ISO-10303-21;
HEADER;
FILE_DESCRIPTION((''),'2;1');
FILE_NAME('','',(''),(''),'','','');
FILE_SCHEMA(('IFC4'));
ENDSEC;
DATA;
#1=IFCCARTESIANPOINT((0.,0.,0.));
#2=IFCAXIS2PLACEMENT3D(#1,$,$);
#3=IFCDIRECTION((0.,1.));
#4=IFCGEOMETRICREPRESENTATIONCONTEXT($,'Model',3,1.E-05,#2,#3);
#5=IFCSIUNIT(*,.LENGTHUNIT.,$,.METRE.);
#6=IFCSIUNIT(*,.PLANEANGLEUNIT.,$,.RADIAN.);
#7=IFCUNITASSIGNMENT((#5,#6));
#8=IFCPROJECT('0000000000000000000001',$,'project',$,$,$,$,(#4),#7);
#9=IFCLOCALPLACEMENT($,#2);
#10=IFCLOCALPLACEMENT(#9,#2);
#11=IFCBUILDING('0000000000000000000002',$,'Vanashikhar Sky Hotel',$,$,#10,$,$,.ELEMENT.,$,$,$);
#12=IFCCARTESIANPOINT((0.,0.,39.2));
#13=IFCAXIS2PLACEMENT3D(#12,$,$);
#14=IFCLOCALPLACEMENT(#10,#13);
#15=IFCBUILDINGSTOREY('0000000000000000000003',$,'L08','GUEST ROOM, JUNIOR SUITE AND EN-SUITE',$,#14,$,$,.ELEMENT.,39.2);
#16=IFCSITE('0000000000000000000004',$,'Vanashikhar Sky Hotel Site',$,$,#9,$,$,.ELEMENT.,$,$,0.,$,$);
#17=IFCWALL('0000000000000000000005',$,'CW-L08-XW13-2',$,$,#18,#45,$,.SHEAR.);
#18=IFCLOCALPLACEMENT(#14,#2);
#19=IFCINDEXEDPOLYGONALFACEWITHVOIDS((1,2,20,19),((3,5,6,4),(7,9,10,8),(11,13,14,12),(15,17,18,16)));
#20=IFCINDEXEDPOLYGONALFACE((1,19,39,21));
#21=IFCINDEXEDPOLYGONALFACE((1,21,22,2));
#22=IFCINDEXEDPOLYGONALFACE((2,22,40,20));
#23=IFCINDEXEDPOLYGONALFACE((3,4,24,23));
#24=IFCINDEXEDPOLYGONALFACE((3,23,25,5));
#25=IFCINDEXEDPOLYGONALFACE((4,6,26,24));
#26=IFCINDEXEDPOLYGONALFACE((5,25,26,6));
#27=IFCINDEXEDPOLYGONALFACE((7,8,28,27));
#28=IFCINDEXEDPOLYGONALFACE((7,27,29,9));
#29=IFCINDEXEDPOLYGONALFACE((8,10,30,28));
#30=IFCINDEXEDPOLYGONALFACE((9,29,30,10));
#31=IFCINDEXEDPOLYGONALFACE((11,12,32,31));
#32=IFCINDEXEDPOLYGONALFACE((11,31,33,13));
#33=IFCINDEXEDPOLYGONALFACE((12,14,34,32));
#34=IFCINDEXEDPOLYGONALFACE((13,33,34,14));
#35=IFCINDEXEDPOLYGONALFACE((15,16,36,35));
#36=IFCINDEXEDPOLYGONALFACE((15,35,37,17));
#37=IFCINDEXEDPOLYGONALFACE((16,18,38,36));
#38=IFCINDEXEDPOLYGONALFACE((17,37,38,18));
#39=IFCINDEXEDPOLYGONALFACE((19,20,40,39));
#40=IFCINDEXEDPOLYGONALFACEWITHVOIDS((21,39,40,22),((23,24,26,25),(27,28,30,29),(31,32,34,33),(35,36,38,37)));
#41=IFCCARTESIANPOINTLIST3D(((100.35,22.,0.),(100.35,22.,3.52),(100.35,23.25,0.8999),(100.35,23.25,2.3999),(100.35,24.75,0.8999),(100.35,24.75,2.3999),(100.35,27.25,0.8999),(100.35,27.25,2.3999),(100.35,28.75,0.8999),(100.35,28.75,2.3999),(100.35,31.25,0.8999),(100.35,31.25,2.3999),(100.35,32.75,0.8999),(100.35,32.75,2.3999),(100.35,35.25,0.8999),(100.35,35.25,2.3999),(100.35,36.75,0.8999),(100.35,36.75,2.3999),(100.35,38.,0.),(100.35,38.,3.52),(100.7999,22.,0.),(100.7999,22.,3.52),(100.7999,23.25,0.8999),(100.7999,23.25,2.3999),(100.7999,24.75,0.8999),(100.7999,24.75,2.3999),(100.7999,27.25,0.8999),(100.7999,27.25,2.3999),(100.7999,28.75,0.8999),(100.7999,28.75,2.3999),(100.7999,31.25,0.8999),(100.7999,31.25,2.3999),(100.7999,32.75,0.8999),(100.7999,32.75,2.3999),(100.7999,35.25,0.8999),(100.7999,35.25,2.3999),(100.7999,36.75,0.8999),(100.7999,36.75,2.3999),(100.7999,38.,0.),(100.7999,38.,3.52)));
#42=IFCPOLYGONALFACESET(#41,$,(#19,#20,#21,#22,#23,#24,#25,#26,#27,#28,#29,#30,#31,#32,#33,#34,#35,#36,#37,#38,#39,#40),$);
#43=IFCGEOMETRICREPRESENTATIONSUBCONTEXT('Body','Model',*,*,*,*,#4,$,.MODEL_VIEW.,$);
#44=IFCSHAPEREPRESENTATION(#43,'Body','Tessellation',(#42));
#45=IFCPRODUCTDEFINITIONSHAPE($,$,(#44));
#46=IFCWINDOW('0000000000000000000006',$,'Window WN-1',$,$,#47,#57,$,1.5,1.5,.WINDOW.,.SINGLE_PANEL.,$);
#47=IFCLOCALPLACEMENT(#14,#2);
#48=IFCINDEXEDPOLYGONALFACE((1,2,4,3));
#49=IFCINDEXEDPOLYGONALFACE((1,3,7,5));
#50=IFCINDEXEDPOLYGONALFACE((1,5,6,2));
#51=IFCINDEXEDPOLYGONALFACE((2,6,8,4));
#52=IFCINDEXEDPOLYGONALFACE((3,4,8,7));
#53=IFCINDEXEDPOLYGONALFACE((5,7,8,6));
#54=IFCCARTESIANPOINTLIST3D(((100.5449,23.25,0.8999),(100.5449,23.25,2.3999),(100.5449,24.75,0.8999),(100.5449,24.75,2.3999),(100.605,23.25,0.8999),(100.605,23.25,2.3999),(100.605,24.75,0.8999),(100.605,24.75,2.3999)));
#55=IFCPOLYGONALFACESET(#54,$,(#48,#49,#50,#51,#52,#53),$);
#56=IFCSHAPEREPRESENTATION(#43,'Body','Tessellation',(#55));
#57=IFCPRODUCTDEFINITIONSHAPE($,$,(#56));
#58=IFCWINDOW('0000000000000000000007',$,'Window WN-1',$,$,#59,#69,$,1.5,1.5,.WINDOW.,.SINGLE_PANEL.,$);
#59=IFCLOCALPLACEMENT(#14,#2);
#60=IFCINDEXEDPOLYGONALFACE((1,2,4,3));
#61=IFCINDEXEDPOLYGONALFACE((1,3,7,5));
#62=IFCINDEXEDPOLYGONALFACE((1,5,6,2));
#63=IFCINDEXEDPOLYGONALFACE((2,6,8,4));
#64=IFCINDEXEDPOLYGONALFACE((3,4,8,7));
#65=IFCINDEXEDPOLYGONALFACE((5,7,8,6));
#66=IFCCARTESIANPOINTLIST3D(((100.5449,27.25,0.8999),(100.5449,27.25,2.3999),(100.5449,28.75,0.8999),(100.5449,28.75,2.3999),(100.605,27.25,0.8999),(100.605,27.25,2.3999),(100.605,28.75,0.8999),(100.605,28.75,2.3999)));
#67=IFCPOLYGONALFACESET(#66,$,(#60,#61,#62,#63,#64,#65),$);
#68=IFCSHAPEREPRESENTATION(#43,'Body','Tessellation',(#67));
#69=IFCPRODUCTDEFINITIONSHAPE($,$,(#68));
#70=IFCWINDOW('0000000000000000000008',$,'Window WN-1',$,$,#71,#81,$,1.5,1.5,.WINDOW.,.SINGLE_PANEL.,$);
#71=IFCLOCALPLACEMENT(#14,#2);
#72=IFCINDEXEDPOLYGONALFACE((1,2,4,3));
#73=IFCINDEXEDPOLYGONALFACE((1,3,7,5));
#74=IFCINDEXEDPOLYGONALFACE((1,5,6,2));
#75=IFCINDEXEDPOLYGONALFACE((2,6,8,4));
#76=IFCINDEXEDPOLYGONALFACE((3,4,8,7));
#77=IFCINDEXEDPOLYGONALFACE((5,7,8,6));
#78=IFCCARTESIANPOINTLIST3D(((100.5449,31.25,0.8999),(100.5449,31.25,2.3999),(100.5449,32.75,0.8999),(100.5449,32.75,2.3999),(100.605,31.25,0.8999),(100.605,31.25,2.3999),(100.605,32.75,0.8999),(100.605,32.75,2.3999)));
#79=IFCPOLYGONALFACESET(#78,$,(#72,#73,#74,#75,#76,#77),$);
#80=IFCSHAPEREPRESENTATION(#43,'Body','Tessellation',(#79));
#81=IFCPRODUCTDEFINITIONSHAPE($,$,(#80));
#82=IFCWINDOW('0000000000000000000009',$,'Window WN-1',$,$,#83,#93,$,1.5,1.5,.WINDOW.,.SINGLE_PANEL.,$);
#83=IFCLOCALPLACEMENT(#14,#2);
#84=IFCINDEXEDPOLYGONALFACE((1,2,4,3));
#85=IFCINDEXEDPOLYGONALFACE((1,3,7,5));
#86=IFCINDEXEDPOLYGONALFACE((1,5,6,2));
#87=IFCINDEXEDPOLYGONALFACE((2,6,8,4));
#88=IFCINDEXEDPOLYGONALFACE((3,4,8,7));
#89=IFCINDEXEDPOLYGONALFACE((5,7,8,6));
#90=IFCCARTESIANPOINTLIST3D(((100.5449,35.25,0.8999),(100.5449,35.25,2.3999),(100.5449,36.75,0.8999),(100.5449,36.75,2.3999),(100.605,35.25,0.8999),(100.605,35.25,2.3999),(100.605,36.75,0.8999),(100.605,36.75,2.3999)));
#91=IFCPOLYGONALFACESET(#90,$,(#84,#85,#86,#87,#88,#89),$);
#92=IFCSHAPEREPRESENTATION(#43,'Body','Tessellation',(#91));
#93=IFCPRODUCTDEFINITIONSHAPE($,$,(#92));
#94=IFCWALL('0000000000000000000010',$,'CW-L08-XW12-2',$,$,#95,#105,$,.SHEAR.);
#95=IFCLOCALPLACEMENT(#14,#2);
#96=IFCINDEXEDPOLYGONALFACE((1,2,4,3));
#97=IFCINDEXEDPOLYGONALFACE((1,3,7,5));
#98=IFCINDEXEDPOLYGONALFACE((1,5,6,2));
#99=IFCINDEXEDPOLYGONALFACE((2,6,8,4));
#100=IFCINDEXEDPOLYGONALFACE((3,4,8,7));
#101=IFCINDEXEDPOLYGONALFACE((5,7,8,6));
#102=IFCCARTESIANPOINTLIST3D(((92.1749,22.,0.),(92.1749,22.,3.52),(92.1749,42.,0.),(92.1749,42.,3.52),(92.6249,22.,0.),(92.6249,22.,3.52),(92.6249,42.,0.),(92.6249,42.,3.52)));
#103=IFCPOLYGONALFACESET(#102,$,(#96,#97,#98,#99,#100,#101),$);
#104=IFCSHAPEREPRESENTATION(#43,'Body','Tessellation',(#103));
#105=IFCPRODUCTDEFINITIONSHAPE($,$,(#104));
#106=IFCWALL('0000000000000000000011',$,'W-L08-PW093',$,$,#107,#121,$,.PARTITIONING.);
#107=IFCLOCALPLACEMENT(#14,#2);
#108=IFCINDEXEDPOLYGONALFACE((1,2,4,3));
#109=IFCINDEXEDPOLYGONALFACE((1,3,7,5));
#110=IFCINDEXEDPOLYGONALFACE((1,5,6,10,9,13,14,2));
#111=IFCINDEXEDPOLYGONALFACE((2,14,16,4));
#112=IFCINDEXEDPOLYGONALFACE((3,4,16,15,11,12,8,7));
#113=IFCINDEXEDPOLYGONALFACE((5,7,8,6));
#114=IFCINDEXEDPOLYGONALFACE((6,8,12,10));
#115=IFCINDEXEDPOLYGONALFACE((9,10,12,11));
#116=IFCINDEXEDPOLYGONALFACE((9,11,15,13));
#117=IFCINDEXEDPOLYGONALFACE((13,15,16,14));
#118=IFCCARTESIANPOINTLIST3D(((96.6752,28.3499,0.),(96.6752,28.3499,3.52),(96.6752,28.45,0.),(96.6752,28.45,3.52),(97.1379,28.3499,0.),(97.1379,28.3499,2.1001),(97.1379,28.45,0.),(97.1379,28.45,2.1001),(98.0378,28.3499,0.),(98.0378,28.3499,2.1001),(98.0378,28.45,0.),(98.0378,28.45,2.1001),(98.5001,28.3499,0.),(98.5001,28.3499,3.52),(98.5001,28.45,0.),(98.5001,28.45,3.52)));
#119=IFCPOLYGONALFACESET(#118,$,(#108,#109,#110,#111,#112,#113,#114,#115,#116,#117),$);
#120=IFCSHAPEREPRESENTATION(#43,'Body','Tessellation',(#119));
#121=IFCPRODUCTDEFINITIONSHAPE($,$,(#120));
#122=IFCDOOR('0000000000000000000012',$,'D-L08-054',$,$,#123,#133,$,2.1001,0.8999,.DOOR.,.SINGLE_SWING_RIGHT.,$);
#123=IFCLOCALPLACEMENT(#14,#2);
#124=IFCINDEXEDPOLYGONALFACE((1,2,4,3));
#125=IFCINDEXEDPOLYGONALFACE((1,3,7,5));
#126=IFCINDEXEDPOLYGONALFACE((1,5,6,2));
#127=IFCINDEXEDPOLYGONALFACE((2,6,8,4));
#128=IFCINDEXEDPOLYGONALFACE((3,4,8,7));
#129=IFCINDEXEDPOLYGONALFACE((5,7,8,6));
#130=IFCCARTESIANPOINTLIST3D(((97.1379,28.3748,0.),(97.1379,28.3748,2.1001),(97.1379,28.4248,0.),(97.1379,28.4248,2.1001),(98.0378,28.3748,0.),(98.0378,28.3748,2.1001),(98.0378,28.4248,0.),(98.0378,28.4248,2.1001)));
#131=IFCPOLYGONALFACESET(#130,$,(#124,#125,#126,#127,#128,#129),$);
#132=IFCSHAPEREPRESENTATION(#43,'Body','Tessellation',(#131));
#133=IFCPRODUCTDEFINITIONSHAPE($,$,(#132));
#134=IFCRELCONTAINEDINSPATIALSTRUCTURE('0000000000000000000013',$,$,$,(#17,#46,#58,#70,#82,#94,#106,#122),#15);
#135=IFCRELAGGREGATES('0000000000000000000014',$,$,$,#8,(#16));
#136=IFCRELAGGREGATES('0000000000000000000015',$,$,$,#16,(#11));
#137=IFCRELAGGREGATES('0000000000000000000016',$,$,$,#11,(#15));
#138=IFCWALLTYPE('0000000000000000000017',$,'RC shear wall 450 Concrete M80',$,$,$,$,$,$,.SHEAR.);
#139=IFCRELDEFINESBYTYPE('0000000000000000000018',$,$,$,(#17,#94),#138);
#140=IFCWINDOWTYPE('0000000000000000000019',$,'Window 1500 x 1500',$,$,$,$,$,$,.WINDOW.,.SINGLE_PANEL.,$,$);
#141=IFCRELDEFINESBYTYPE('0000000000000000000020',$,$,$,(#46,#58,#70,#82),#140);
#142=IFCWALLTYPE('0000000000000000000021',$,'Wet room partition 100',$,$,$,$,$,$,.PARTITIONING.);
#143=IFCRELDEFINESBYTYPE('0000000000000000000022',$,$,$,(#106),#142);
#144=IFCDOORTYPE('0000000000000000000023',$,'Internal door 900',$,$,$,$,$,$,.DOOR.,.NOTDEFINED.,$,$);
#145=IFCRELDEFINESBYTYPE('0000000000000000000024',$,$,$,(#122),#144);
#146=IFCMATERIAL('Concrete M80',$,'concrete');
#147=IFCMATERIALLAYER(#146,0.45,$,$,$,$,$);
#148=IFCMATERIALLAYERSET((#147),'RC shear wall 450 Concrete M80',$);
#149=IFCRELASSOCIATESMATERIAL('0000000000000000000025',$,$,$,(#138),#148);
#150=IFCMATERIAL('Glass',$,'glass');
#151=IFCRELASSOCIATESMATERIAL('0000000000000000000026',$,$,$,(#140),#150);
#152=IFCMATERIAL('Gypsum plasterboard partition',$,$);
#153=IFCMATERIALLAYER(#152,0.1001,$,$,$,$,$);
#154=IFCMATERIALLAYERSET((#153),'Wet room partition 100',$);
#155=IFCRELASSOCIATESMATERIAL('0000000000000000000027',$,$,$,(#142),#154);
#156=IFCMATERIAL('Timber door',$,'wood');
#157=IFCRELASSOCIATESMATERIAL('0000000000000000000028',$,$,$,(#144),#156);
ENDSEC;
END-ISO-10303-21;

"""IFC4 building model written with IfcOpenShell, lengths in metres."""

from ifc_helpers import new_model, si_unit, direction, frame, frame_2d, origin, place, context, subcontext, project, spatial, rectangle, extrude, source, transform, mapped, material, layer, layer_set, type_object, element, fill, save


model = new_model("IFC4")

# Units and contexts
model_context = context("Model", 3, precision=1e-05, world=origin(), true_north=direction((0.0, 1.0)))
body_context = subcontext(model_context, "Body", "Model", "MODEL_VIEW")
ifc_project = project(units=[si_unit("LENGTHUNIT", "METRE"), si_unit("PLANEANGLEUNIT", "RADIAN")], contexts=[model_context])

# Site, building, storey
site_placement = place(None, origin())
site = spatial("IfcSite", under=ifc_project, at=site_placement, Name="Vanashikhar Sky Hotel Site", CompositionType="ELEMENT", RefElevation=0.0)
building_placement = place(site_placement, origin())
building = spatial("IfcBuilding", under=site, at=building_placement, Name="Vanashikhar Sky Hotel", CompositionType="ELEMENT")
storey_placement = place(building_placement, frame((0.0, 0.0, 39.2)))
storey = spatial("IfcBuildingStorey", under=building, at=storey_placement, Name="L08", Description="GUEST ROOM, JUNIOR SUITE AND EN-SUITE", CompositionType="ELEMENT", Elevation=39.2)

# Wall, openings, windows
ifc_material_1 = material(Name="Concrete M80", Category="concrete")
ifc_layer_1 = layer(ifc_material_1, 0.45)
ifc_layer_set_1 = layer_set([ifc_layer_1], Name="RC shear wall 450 Concrete M80")
wall_type_1 = type_object("IfcWallType", Name="RC shear wall 450 Concrete M80", PredefinedType="SHEAR", material=ifc_layer_set_1)
shared_shape_1 = source(origin(), body_context, "Body", "SweptSolid", [
    extrude(rectangle(XDim=16.0, YDim=0.45, at=frame_2d((8.0, 0.0))), origin(), (0.0, 0.0, 1.0), 3.52),
])
wall_1_placement = place(storey_placement, frame((100.575, 22.0, 0.0), z_axis=(0.0, 0.0, 1.0), x_axis=(0.0, 1.0, 0.0)))
wall_1 = element("IfcWall", 1, at=wall_1_placement, inside=storey, type_object=wall_type_1, Name="CW-L08-XW13-2", PredefinedType="SHEAR", context=body_context, shape_type="MappedRepresentation", body=[
    mapped(shared_shape_1, transform((0.0, 0.0, 0.0), scale=1.0)),
])
shared_shape_2 = source(origin(), body_context, "Body", "SweptSolid", [
    extrude(rectangle(XDim=1.5, YDim=1.5, at=frame_2d((0.75, 0.75))), frame((0.0, 0.2349, 0.0), z_axis=(0.0, -1.0, 0.0), x_axis=(1.0, 0.0, 0.0)), (0.0, 0.0, 1.0), 0.47),
])
opening_1_placement = place(wall_1_placement, frame((1.25, 0.0, 0.8999)))
opening_1 = element("IfcOpeningElement", 2, at=opening_1_placement, cuts=wall_1, PredefinedType="OPENING", context=body_context, shape_type="MappedRepresentation", body=[
    mapped(shared_shape_2, transform((0.0, 0.0, 0.0), scale=1.0)),
])
opening_2_placement = place(wall_1_placement, frame((5.25, 0.0, 0.8999)))
opening_2 = element("IfcOpeningElement", 3, at=opening_2_placement, cuts=wall_1, PredefinedType="OPENING", context=body_context, shape_type="MappedRepresentation", body=[
    mapped(shared_shape_2, transform((0.0, 0.0, 0.0), scale=1.0)),
])
opening_3_placement = place(wall_1_placement, frame((9.25, 0.0, 0.8999)))
opening_3 = element("IfcOpeningElement", 4, at=opening_3_placement, cuts=wall_1, PredefinedType="OPENING", context=body_context, shape_type="MappedRepresentation", body=[
    mapped(shared_shape_2, transform((0.0, 0.0, 0.0), scale=1.0)),
])
opening_4_placement = place(wall_1_placement, frame((13.25, 0.0, 0.8999)))
opening_4 = element("IfcOpeningElement", 5, at=opening_4_placement, cuts=wall_1, PredefinedType="OPENING", context=body_context, shape_type="MappedRepresentation", body=[
    mapped(shared_shape_2, transform((0.0, 0.0, 0.0), scale=1.0)),
])
ifc_material_2 = material(Name="Glass", Category="glass")
window_type = type_object("IfcWindowType", Name="Window 1500 x 1500", PartitioningType="SINGLE_PANEL", PredefinedType="WINDOW", material=ifc_material_2)
shared_shape_3 = source(origin(), body_context, "Body", "SweptSolid", [
    extrude(rectangle(XDim=1.5, YDim=1.5, at=frame_2d((0.75, 0.75))), frame((0.0, 0.03, 0.0), z_axis=(0.0, -1.0, 0.0), x_axis=(1.0, 0.0, 0.0)), (0.0, 0.0, 1.0), 0.0601),
])
window_1_placement = place(opening_1_placement, origin())
window_1 = element("IfcWindow", 6, at=window_1_placement, inside=storey, type_object=window_type, Name="Window WN-1", OverallHeight=1.5, OverallWidth=1.5, PartitioningType="SINGLE_PANEL", PredefinedType="WINDOW", context=body_context, shape_type="MappedRepresentation", body=[
    mapped(shared_shape_3, transform((0.0, 0.0, 0.0), scale=1.0)),
])
fill(opening_1, window_1)
window_2_placement = place(opening_2_placement, origin())
window_2 = element("IfcWindow", 7, at=window_2_placement, inside=storey, type_object=window_type, Name="Window WN-1", OverallHeight=1.5, OverallWidth=1.5, PartitioningType="SINGLE_PANEL", PredefinedType="WINDOW", context=body_context, shape_type="MappedRepresentation", body=[
    mapped(shared_shape_3, transform((0.0, 0.0, 0.0), scale=1.0)),
])
fill(opening_2, window_2)
window_3_placement = place(opening_3_placement, origin())
window_3 = element("IfcWindow", 8, at=window_3_placement, inside=storey, type_object=window_type, Name="Window WN-1", OverallHeight=1.5, OverallWidth=1.5, PartitioningType="SINGLE_PANEL", PredefinedType="WINDOW", context=body_context, shape_type="MappedRepresentation", body=[
    mapped(shared_shape_3, transform((0.0, 0.0, 0.0), scale=1.0)),
])
fill(opening_3, window_3)
window_4_placement = place(opening_4_placement, origin())
window_4 = element("IfcWindow", 9, at=window_4_placement, inside=storey, type_object=window_type, Name="Window WN-1", OverallHeight=1.5, OverallWidth=1.5, PartitioningType="SINGLE_PANEL", PredefinedType="WINDOW", context=body_context, shape_type="MappedRepresentation", body=[
    mapped(shared_shape_3, transform((0.0, 0.0, 0.0), scale=1.0)),
])
fill(opening_4, window_4)

# Wall
shared_shape_4 = source(origin(), body_context, "Body", "SweptSolid", [
    extrude(rectangle(XDim=20.0, YDim=0.45, at=frame_2d((10.0, 0.0))), origin(), (0.0, 0.0, 1.0), 3.52),
])
wall_2_placement = place(storey_placement, frame((92.3999, 22.0, 0.0), z_axis=(0.0, 0.0, 1.0), x_axis=(0.0, 1.0, 0.0)))
element("IfcWall", 10, at=wall_2_placement, inside=storey, type_object=wall_type_1, Name="CW-L08-XW12-2", PredefinedType="SHEAR", context=body_context, shape_type="MappedRepresentation", body=[
    mapped(shared_shape_4, transform((0.0, 0.0, 0.0), scale=1.0)),
])

# Wall, opening, door
ifc_material_3 = material(Name="Gypsum plasterboard partition")
ifc_layer_2 = layer(ifc_material_3, 0.1001)
ifc_layer_set_2 = layer_set([ifc_layer_2], Name="Wet room partition 100")
wall_type_2 = type_object("IfcWallType", Name="Wet room partition 100", PredefinedType="PARTITIONING", material=ifc_layer_set_2)
shared_shape_5 = source(origin(), body_context, "Body", "SweptSolid", [
    extrude(rectangle(XDim=1.825, YDim=0.1001, at=frame_2d((0.9126, 0.0))), origin(), (0.0, 0.0, 1.0), 3.52),
])
wall_3_placement = place(storey_placement, frame((96.675, 28.3999, 0.0), z_axis=(0.0, 0.0, 1.0), x_axis=(1.0, 0.0, 0.0)))
wall_3 = element("IfcWall", 11, at=wall_3_placement, inside=storey, type_object=wall_type_2, Name="W-L08-PW093", PredefinedType="PARTITIONING", context=body_context, shape_type="MappedRepresentation", body=[
    mapped(shared_shape_5, transform((0.0, 0.0, 0.0), scale=1.0)),
])
shared_shape_6 = source(origin(), body_context, "Body", "SweptSolid", [
    extrude(rectangle(XDim=0.8999, YDim=2.1001, at=frame_2d((0.45, 1.05))), frame((0.0, 0.0601, 0.0), z_axis=(0.0, -1.0, 0.0), x_axis=(1.0, 0.0, 0.0)), (0.0, 0.0, 1.0), 0.1201),
])
opening_5_placement = place(wall_3_placement, frame((0.4629, 0.0, 0.0)))
opening_5 = element("IfcOpeningElement", 12, at=opening_5_placement, cuts=wall_3, PredefinedType="OPENING", context=body_context, shape_type="MappedRepresentation", body=[
    mapped(shared_shape_6, transform((0.0, 0.0, 0.0), scale=1.0)),
])
ifc_material_4 = material(Name="Timber door", Category="wood")
door_type_1 = type_object("IfcDoorType", Name="Internal door 900", OperationType="NOTDEFINED", PredefinedType="DOOR", material=ifc_material_4)
shared_shape_7 = source(origin(), body_context, "Body", "SweptSolid", [
    extrude(rectangle(XDim=0.8999, YDim=2.1001, at=frame_2d((0.45, 1.05))), frame((0.0, 0.0249, 0.0), z_axis=(0.0, -1.0, 0.0), x_axis=(1.0, 0.0, 0.0)), (0.0, 0.0, 1.0), 0.05),
])
door_1_placement = place(opening_5_placement, origin())
door_1 = element("IfcDoor", 13, at=door_1_placement, inside=storey, type_object=door_type_1, Name="D-L08-054", OperationType="SINGLE_SWING_RIGHT", OverallHeight=2.1001, OverallWidth=0.8999, PredefinedType="DOOR", context=body_context, shape_type="MappedRepresentation", body=[
    mapped(shared_shape_7, transform((0.0, 0.0, 0.0), scale=1.0)),
])
fill(opening_5, door_1)

save(model, "model.ifc")
